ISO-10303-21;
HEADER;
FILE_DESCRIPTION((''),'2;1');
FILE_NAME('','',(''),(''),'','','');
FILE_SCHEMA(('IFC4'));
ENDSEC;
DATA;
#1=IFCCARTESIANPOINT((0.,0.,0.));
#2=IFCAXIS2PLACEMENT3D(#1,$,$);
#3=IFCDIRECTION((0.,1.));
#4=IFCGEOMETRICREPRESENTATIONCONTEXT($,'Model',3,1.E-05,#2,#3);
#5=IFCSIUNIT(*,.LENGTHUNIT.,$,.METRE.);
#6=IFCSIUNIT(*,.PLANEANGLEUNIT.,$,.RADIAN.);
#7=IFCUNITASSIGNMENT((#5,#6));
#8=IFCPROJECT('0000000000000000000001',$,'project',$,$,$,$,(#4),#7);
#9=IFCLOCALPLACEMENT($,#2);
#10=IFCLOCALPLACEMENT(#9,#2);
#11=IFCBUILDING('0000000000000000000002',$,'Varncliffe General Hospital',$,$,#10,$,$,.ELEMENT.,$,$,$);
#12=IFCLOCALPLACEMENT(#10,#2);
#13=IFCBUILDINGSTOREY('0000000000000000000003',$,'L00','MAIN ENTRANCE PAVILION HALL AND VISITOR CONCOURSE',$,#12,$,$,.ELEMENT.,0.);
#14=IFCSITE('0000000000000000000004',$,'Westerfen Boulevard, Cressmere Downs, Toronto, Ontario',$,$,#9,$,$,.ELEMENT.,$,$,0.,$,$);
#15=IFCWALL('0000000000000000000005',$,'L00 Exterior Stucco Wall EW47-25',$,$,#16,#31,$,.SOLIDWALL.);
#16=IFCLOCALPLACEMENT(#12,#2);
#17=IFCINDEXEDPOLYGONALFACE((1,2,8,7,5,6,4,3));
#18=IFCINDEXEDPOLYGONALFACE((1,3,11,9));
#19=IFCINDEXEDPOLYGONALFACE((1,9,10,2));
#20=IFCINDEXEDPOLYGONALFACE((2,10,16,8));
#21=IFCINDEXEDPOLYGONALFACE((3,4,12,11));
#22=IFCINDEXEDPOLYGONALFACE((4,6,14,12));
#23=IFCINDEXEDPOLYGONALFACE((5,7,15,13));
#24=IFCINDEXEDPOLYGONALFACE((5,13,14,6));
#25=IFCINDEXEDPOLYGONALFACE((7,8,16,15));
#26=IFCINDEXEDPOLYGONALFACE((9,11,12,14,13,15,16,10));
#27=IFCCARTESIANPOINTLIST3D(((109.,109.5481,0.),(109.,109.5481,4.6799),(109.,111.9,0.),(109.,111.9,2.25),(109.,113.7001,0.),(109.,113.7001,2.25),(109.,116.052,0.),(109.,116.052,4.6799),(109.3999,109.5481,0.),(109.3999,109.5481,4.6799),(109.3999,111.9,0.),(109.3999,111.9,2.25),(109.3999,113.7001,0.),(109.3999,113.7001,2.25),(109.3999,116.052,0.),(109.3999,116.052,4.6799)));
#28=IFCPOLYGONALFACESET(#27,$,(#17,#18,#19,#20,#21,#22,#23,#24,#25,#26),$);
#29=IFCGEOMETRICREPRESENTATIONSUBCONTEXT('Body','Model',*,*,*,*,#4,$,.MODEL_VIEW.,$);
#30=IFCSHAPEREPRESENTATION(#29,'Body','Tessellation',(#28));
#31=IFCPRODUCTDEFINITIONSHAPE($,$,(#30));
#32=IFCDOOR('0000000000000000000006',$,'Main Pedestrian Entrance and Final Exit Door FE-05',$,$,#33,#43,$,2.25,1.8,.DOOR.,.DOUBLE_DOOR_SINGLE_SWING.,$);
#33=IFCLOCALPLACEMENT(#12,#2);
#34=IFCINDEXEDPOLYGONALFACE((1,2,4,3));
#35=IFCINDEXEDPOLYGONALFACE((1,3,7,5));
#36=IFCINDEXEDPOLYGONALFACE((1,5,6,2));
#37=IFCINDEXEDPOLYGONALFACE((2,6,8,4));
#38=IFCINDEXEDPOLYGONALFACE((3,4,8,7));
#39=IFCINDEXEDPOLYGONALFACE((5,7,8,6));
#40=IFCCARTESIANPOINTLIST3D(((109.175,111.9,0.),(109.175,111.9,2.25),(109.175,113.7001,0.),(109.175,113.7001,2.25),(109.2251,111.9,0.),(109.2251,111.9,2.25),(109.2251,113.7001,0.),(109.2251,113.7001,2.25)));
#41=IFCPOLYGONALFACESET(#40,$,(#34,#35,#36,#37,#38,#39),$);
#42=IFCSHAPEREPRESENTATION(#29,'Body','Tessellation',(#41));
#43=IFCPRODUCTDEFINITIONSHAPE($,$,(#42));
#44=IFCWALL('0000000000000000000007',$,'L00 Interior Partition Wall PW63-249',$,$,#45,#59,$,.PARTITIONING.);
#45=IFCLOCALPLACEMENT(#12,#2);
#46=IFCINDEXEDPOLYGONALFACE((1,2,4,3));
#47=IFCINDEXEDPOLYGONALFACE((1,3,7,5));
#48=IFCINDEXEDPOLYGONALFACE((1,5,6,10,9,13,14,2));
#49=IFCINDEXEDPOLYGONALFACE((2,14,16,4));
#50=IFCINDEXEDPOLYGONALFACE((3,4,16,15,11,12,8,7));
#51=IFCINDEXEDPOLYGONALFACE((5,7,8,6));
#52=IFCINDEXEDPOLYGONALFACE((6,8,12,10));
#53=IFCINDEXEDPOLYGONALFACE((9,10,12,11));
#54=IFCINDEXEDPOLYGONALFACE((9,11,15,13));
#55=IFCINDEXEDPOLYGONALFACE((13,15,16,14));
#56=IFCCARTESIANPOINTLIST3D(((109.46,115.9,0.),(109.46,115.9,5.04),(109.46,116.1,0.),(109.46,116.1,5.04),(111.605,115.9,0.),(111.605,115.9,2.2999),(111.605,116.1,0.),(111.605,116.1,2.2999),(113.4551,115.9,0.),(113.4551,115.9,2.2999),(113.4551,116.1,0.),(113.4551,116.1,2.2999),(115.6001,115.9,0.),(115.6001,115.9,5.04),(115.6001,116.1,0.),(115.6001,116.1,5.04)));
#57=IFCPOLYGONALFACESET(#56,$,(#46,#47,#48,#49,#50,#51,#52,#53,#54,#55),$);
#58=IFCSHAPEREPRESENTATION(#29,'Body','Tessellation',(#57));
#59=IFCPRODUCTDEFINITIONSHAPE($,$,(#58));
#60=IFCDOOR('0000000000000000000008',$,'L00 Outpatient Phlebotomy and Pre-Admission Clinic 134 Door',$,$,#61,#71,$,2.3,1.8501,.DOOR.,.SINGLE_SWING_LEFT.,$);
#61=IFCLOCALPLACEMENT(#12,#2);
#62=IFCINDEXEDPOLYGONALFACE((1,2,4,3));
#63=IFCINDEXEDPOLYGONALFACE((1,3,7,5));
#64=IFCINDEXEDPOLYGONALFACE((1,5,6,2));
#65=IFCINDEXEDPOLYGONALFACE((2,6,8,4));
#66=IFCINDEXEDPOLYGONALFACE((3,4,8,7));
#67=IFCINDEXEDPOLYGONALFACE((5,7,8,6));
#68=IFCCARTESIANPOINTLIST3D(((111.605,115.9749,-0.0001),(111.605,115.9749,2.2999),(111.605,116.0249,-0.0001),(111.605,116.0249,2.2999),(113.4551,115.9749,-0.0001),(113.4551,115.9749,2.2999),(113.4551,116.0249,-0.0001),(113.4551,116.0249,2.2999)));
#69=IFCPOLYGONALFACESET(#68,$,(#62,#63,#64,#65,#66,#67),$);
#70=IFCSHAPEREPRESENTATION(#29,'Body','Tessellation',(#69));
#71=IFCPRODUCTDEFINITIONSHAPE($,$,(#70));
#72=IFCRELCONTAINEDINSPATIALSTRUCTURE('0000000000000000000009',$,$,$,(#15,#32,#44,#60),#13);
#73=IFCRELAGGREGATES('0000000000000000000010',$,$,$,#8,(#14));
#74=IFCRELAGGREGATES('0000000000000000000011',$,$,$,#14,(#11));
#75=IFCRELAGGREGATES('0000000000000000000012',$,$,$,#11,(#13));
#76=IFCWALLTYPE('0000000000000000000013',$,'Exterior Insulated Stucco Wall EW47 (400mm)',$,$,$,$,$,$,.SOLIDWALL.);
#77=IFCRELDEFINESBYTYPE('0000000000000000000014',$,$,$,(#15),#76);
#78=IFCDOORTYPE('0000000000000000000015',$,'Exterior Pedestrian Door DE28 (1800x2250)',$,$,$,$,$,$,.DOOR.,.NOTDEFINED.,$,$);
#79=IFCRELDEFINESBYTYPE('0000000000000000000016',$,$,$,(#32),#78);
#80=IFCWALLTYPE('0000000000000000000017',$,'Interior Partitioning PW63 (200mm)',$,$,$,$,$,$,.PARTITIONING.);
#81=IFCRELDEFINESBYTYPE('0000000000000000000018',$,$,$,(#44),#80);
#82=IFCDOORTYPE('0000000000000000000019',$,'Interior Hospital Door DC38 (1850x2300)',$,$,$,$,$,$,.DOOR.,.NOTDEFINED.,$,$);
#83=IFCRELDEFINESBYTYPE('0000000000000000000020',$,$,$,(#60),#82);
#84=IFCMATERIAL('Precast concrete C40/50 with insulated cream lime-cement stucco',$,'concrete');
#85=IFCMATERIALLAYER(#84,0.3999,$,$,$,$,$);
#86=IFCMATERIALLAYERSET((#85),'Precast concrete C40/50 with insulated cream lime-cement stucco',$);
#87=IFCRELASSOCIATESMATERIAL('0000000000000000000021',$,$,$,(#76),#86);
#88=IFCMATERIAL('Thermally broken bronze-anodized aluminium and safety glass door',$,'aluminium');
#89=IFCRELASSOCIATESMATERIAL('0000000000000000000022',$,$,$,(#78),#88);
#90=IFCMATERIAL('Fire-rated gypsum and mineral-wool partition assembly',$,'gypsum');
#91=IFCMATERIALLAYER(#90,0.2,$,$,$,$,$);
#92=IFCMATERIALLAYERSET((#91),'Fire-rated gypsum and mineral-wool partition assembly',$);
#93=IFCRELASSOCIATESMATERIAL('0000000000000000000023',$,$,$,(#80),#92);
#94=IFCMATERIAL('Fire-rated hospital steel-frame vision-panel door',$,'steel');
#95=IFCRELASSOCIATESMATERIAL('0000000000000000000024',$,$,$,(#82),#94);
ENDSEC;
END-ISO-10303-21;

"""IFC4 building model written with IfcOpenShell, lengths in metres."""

from ifc_helpers import new_model, si_unit, direction, frame, frame_2d, origin, place, context, subcontext, project, spatial, rectangle, extrude, material, layer, layer_set, type_object, element, fill, save


model = new_model("IFC4")

# Units and contexts
model_context = context("Model", 3, precision=1e-05, world=origin(), true_north=direction((0.0, 1.0)))
body_context = subcontext(model_context, "Body", "Model", "MODEL_VIEW")
ifc_project = project(units=[si_unit("LENGTHUNIT", "METRE"), si_unit("PLANEANGLEUNIT", "RADIAN")], contexts=[model_context])

# Site, building, storey
site_placement = place(None, origin())
site = spatial("IfcSite", under=ifc_project, at=site_placement, Name="Westerfen Boulevard, Cressmere Downs, Toronto, Ontario", CompositionType="ELEMENT", RefElevation=0.0)
building_placement = place(site_placement, origin())
building = spatial("IfcBuilding", under=site, at=building_placement, Name="Varncliffe General Hospital", CompositionType="ELEMENT")
storey_placement = place(building_placement, origin())
storey = spatial("IfcBuildingStorey", under=building, at=storey_placement, Name="L00", Description="MAIN ENTRANCE PAVILION HALL AND VISITOR CONCOURSE", CompositionType="ELEMENT", Elevation=0.0)

# Shared definitions
ifc_material_1 = material(Name="Precast concrete C40/50 with insulated cream lime-cement stucco", Category="concrete")
ifc_material_2 = material(Name="Thermally broken bronze-anodized aluminium and safety glass door", Category="aluminium")

# Walls, openings, doors
ifc_layer_1 = layer(ifc_material_1, 0.3999)
ifc_layer_set_1 = layer_set([ifc_layer_1], Name="Precast concrete C40/50 with insulated cream lime-cement stucco")
wall_type_1 = type_object("IfcWallType", Name="Exterior Insulated Stucco Wall EW47 (400mm)", PredefinedType="SOLIDWALL", material=ifc_layer_set_1)
wall_1_placement = place(storey_placement, frame((109.2, 109.5481, 0.0), z_axis=(0.0, 0.0, 1.0), x_axis=(0.0, 1.0, 0.0)))
wall_1 = element("IfcWall", 1, at=wall_1_placement, inside=storey, type_object=wall_type_1, Name="L00 Exterior Stucco Wall EW47-25", PredefinedType="SOLIDWALL", context=body_context, shape_type="SweptSolid", body=[
    extrude(rectangle(XDim=6.5039, YDim=0.3999, at=frame_2d((3.252, 0.0))), origin(), (0.0, 0.0, 1.0), 4.6799),
])
opening_1_placement = place(wall_1_placement, frame((2.3521, 0.0, 0.0)))
opening_1 = element("IfcOpeningElement", 2, at=opening_1_placement, cuts=wall_1, PredefinedType="OPENING", context=body_context, shape_type="SweptSolid", body=[
    extrude(rectangle(XDim=1.8, YDim=2.25, at=frame_2d((0.8999, 1.125))), frame((0.0, 0.21, 0.0), z_axis=(0.0, -1.0, 0.0), x_axis=(1.0, 0.0, 0.0)), (0.0, 0.0, 1.0), 0.4199),
])
door_type_1 = type_object("IfcDoorType", Name="Exterior Pedestrian Door DE28 (1800x2250)", OperationType="NOTDEFINED", PredefinedType="DOOR", material=ifc_material_2)
door_1_placement = place(opening_1_placement, origin())
door_1 = element("IfcDoor", 3, at=door_1_placement, inside=storey, type_object=door_type_1, Name="Main Pedestrian Entrance and Final Exit Door FE-05", OperationType="DOUBLE_DOOR_SINGLE_SWING", OverallHeight=2.25, OverallWidth=1.8, PredefinedType="DOOR", context=body_context, shape_type="SweptSolid", body=[
    extrude(rectangle(XDim=1.8, YDim=2.25, at=frame_2d((0.8999, 1.125))), frame((0.0, 0.0249, 0.0), z_axis=(0.0, -1.0, 0.0), x_axis=(1.0, 0.0, 0.0)), (0.0, 0.0, 1.0), 0.05),
])
fill(opening_1, door_1)
ifc_material_3 = material(Name="Fire-rated gypsum and mineral-wool partition assembly", Category="gypsum")
ifc_layer_2 = layer(ifc_material_3, 0.2)
ifc_layer_set_2 = layer_set([ifc_layer_2], Name="Fire-rated gypsum and mineral-wool partition assembly")
wall_type_2 = type_object("IfcWallType", Name="Interior Partitioning PW63 (200mm)", PredefinedType="PARTITIONING", material=ifc_layer_set_2)
wall_2_placement = place(storey_placement, frame((109.46, 116.0, 0.0), z_axis=(0.0, 0.0, 1.0), x_axis=(1.0, 0.0, 0.0)))
wall_2 = element("IfcWall", 4, at=wall_2_placement, inside=storey, type_object=wall_type_2, Name="L00 Interior Partition Wall PW63-249", PredefinedType="PARTITIONING", context=body_context, shape_type="SweptSolid", body=[
    extrude(rectangle(XDim=6.1401, YDim=0.2, at=frame_2d((3.0701, 0.0))), origin(), (0.0, 0.0, 1.0), 5.04),
])
opening_2_placement = place(wall_2_placement, frame((2.145, 0.0, 0.0)))
opening_2 = element("IfcOpeningElement", 5, at=opening_2_placement, cuts=wall_2, PredefinedType="OPENING", context=body_context, shape_type="SweptSolid", body=[
    extrude(rectangle(XDim=1.8501, YDim=2.3, at=frame_2d((0.925, 1.1499))), frame((0.0, 0.1099, 0.0), z_axis=(0.0, -1.0, 0.0), x_axis=(1.0, 0.0, 0.0)), (0.0, 0.0, 1.0), 0.22),
])
ifc_material_4 = material(Name="Fire-rated hospital steel-frame vision-panel door", Category="steel")
door_type_2 = type_object("IfcDoorType", Name="Interior Hospital Door DC38 (1850x2300)", OperationType="NOTDEFINED", PredefinedType="DOOR", material=ifc_material_4)
door_2_placement = place(opening_2_placement, origin())
door_2 = element("IfcDoor", 6, at=door_2_placement, inside=storey, type_object=door_type_2, Name="L00 Outpatient Phlebotomy and Pre-Admission Clinic 134 Door", OperationType="SINGLE_SWING_LEFT", OverallHeight=2.3, OverallWidth=1.8501, PredefinedType="DOOR", context=body_context, shape_type="SweptSolid", body=[
    extrude(rectangle(XDim=1.8501, YDim=2.3, at=frame_2d((0.925, 1.1499))), frame((0.0, 0.0249, 0.0), z_axis=(0.0, -1.0, 0.0), x_axis=(1.0, 0.0, 0.0)), (0.0, 0.0, 1.0), 0.05),
])
fill(opening_2, door_2)

save(model, "model.ifc")
